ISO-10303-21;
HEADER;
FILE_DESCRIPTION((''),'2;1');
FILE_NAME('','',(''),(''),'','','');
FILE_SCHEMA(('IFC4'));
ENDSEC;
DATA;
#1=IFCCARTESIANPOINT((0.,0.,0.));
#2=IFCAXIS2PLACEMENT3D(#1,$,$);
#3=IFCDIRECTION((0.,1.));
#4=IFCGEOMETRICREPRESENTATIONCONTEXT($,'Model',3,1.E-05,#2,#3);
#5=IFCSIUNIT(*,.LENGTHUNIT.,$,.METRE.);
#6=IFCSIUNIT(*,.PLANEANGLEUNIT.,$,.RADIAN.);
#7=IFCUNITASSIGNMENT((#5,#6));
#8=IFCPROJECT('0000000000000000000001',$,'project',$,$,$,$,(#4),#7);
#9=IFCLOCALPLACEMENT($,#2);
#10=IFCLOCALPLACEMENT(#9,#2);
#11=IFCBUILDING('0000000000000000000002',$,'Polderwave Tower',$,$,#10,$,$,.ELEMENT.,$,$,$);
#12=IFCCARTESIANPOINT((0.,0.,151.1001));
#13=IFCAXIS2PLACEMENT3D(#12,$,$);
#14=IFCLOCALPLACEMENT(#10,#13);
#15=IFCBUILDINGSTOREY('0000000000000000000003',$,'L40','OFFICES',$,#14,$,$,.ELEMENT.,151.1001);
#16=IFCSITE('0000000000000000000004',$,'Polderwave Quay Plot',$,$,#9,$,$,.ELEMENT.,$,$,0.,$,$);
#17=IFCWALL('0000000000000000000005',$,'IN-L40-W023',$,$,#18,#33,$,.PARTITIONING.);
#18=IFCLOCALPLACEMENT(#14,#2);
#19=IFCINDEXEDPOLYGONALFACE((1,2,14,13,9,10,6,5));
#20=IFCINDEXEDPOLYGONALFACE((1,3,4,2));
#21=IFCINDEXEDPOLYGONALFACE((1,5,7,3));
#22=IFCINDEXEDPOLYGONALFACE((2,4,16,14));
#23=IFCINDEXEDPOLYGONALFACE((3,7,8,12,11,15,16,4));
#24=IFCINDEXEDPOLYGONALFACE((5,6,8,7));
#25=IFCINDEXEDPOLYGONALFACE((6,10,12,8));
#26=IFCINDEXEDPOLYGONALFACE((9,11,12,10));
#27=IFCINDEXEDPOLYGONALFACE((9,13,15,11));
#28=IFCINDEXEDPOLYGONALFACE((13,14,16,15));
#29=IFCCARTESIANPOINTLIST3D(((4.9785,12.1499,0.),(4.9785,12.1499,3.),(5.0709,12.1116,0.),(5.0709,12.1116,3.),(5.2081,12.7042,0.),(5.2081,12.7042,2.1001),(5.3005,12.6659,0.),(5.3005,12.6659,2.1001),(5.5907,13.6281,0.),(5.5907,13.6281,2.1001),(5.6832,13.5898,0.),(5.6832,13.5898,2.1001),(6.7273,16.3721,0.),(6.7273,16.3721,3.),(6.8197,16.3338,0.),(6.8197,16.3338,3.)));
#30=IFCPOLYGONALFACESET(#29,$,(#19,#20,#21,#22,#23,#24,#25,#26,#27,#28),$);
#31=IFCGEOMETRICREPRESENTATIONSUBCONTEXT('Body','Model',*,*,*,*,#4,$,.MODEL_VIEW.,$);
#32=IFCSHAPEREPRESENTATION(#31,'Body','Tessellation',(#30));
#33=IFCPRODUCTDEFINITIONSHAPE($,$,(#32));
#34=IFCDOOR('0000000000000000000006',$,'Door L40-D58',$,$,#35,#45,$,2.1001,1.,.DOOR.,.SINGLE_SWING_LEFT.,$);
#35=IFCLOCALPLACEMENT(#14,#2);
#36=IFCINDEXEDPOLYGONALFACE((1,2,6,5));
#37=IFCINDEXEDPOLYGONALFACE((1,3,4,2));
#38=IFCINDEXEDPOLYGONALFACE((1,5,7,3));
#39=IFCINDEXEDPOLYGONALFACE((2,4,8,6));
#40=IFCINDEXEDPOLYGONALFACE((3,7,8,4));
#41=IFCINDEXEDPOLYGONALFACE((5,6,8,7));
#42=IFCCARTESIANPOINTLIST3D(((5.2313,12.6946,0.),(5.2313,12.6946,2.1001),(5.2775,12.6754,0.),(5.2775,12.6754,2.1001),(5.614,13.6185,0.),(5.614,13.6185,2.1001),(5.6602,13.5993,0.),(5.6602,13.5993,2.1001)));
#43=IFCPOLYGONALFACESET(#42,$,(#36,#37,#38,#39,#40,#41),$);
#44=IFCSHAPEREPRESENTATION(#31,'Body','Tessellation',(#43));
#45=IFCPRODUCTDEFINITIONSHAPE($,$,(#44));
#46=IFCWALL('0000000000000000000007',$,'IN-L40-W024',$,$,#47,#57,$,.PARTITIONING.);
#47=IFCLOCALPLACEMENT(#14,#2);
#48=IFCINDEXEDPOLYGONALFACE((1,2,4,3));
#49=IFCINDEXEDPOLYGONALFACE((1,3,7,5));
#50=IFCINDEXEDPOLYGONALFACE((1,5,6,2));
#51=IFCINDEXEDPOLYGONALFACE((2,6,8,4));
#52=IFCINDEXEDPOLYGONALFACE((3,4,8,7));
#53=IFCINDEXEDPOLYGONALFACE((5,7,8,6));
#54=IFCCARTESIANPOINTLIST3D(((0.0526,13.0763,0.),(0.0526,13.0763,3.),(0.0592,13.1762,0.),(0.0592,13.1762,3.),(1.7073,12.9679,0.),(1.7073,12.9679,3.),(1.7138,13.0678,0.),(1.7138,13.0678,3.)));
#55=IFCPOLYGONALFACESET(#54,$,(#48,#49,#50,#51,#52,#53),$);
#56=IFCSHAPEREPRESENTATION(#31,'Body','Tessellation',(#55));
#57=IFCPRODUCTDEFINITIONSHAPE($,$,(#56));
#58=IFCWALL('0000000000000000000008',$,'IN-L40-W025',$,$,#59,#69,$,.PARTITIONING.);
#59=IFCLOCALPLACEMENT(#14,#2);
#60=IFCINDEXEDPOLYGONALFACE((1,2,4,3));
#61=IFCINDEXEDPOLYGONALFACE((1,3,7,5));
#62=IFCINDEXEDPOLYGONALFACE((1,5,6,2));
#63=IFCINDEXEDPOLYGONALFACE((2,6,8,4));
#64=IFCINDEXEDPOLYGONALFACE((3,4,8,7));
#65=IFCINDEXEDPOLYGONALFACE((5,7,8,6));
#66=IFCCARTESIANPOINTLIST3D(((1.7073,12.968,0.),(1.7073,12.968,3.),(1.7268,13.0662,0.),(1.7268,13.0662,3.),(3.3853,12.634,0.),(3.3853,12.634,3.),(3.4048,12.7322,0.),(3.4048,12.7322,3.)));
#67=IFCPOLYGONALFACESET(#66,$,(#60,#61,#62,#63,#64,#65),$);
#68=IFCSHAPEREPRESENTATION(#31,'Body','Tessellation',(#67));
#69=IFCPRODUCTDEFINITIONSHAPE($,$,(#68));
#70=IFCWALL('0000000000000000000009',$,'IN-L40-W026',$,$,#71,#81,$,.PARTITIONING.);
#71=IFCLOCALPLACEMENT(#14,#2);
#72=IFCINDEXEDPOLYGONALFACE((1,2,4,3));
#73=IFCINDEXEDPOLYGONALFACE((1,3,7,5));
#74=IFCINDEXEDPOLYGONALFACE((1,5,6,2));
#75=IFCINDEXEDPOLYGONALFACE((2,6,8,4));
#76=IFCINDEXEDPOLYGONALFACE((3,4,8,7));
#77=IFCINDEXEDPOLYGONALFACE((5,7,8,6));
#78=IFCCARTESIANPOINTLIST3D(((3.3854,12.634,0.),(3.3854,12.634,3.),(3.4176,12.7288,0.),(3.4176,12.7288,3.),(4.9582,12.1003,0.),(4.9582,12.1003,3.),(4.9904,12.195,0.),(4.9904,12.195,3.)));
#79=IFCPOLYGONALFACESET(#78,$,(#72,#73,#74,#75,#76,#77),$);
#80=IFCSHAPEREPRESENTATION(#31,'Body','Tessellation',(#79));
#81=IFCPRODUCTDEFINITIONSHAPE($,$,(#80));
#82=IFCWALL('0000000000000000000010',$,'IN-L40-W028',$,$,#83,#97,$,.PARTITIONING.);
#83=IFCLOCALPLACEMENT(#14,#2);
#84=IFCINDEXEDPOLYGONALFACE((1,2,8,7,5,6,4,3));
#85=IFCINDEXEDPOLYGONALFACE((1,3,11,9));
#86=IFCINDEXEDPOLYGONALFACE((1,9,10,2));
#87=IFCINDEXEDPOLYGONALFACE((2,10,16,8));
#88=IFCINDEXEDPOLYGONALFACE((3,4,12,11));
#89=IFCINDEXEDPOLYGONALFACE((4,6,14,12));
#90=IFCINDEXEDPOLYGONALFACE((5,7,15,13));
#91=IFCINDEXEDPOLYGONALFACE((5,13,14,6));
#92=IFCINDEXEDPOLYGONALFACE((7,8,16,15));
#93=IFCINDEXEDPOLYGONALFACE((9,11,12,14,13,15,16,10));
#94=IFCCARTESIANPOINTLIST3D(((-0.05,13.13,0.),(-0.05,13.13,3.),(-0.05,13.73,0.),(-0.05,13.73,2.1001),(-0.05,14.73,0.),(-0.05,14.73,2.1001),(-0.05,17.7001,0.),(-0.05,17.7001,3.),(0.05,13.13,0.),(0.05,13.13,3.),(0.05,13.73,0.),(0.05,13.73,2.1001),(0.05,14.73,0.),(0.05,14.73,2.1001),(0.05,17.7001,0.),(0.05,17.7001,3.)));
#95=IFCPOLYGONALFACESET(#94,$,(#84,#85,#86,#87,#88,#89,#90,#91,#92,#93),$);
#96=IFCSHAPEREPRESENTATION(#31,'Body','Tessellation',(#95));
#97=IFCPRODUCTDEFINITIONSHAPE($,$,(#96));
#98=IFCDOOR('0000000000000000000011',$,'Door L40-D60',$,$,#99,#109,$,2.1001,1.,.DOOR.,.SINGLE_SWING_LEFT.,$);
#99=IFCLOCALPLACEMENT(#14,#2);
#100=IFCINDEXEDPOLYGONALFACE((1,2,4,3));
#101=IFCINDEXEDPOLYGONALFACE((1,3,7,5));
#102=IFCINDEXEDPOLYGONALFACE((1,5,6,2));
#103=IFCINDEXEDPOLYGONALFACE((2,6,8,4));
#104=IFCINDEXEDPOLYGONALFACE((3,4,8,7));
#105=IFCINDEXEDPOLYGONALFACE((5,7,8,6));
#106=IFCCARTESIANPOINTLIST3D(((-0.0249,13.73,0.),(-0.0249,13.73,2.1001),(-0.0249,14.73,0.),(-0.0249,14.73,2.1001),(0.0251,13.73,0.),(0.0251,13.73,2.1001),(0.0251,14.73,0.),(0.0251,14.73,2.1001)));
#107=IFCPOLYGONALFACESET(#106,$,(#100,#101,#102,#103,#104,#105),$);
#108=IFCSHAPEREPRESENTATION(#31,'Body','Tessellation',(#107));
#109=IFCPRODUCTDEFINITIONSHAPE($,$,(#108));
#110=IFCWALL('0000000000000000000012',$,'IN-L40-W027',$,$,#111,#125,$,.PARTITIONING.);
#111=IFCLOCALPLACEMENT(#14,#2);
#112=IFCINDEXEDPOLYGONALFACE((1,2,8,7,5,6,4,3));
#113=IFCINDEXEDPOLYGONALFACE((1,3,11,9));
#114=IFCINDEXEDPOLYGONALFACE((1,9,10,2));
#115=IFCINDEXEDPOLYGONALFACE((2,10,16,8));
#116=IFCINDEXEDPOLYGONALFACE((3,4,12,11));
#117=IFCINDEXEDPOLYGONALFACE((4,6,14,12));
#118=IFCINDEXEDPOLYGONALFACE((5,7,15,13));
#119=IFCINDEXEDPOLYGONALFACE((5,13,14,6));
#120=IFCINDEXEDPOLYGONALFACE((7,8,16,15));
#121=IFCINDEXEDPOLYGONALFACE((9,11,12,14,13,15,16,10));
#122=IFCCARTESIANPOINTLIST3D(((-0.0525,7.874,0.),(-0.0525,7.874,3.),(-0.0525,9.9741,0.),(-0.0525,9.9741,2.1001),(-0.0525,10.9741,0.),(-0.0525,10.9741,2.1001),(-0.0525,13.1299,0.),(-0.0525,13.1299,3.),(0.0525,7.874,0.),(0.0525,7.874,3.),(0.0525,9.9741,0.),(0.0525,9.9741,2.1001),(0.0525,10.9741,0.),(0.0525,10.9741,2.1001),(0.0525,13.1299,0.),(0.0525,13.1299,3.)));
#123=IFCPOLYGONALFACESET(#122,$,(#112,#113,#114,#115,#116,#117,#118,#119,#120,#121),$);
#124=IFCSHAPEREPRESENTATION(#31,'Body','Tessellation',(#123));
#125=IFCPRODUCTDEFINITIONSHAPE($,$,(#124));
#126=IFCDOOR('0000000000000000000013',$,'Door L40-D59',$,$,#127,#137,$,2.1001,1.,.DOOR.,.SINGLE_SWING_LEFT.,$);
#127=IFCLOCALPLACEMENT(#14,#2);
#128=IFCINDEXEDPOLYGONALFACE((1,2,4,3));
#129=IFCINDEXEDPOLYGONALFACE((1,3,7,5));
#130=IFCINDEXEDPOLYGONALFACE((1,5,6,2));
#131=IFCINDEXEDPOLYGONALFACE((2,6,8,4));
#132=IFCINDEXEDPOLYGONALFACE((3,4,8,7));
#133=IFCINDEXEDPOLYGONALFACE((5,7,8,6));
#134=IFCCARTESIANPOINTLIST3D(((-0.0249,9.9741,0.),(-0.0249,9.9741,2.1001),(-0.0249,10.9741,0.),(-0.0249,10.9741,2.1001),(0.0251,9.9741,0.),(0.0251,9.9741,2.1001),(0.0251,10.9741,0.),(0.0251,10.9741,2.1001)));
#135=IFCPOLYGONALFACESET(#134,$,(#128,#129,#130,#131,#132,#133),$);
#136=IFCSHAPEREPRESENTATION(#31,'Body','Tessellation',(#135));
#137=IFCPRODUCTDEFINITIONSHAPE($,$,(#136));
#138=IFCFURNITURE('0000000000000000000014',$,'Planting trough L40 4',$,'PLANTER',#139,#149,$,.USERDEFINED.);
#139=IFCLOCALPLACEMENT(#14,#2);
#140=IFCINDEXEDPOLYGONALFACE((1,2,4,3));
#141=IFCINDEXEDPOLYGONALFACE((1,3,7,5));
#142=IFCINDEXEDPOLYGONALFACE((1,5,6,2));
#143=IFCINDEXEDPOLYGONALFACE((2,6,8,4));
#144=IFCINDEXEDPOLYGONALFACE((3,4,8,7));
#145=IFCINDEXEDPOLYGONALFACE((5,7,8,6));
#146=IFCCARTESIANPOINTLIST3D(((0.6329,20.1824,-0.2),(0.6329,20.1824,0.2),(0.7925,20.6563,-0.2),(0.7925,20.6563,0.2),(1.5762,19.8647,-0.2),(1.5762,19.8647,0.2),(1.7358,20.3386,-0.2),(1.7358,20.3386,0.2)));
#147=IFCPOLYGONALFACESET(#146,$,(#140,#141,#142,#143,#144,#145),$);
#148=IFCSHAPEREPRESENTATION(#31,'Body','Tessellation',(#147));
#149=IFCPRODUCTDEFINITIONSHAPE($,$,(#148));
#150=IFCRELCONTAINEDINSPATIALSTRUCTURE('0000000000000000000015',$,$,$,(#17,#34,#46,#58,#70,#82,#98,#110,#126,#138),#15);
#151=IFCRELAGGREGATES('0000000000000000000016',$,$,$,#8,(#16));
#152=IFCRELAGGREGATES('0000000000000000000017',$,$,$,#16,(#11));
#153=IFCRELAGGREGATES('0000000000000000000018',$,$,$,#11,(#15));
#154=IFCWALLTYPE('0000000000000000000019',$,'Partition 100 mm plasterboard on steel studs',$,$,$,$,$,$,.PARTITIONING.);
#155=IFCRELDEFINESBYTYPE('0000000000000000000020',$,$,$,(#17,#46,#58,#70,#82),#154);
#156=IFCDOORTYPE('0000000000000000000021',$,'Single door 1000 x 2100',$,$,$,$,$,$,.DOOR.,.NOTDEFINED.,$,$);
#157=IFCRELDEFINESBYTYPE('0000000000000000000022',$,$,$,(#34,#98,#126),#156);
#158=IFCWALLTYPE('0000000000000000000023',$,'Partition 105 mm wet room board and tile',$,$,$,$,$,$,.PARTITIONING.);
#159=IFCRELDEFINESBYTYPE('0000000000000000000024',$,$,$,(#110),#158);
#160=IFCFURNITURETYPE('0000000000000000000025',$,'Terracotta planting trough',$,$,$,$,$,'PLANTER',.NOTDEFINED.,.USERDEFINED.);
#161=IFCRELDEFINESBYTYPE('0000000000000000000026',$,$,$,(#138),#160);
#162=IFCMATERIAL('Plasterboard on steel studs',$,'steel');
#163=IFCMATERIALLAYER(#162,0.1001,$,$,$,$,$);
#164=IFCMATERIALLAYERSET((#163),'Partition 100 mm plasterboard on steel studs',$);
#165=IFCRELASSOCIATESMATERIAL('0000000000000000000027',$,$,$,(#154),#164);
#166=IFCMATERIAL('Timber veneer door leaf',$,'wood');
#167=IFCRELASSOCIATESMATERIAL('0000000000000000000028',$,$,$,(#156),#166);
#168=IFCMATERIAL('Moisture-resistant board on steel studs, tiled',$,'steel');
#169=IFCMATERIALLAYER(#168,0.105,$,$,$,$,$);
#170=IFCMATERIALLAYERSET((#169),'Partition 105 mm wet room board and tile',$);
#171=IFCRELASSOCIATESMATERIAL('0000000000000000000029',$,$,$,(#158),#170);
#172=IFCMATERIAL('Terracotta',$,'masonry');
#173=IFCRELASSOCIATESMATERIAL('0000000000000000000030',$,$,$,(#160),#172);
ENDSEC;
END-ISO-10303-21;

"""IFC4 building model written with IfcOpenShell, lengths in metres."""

from ifc_helpers import new_model, si_unit, direction, frame, frame_2d, origin, origin_2d, place, context, subcontext, project, spatial, rectangle, extrude, material, layer, layer_set, type_object, element, fill, save


model = new_model("IFC4")

# Units and contexts
model_context = context("Model", 3, precision=1e-05, world=origin(), true_north=direction((0.0, 1.0)))
body_context = subcontext(model_context, "Body", "Model", "MODEL_VIEW")
ifc_project = project(units=[si_unit("LENGTHUNIT", "METRE"), si_unit("PLANEANGLEUNIT", "RADIAN")], contexts=[model_context])

# Site, building, storey
site_placement = place(None, origin())
site = spatial("IfcSite", under=ifc_project, at=site_placement, Name="Polderwave Quay Plot", CompositionType="ELEMENT", RefElevation=0.0)
building_placement = place(site_placement, origin())
building = spatial("IfcBuilding", under=site, at=building_placement, Name="Polderwave Tower", CompositionType="ELEMENT")
storey_placement = place(building_placement, frame((0.0, 0.0, 151.1001)))
storey = spatial("IfcBuildingStorey", under=building, at=storey_placement, Name="L40", Description="OFFICES", CompositionType="ELEMENT", Elevation=151.1001)

# Wall, opening, door
ifc_material_1 = material(Name="Plasterboard on steel studs", Category="steel")
ifc_layer_1 = layer(ifc_material_1, 0.1001)
ifc_layer_set_1 = layer_set([ifc_layer_1], Name="Partition 100 mm plasterboard on steel studs")
wall_type_1 = type_object("IfcWallType", Name="Partition 100 mm plasterboard on steel studs", PredefinedType="PARTITIONING", material=ifc_layer_set_1)
ifc_material_2 = material(Name="Timber veneer door leaf", Category="wood")
door_type = type_object("IfcDoorType", Name="Single door 1000 x 2100", OperationType="NOTDEFINED", PredefinedType="DOOR", material=ifc_material_2)
wall_1_placement = place(storey_placement, frame((5.0247, 12.1306, 0.0), z_axis=(0.0, 0.0, 1.0), x_axis=(0.382665, 0.923887, 0.0)))
wall_1 = element("IfcWall", 1, at=wall_1_placement, inside=storey, type_object=wall_type_1, Name="IN-L40-W023", PredefinedType="PARTITIONING", context=body_context, shape_type="SweptSolid", body=[
    extrude(rectangle(XDim=4.5701, YDim=0.1001, at=frame_2d((2.2852, 0.0))), origin(), (0.0, 0.0, 1.0), 3.0),
])
opening_1_placement = place(wall_1_placement, frame((0.6001, 0.0, 0.0)))
opening_1 = element("IfcOpeningElement", 2, at=opening_1_placement, cuts=wall_1, PredefinedType="OPENING", context=body_context, shape_type="SweptSolid", body=[
    extrude(rectangle(XDim=1.0, YDim=2.1001, at=frame_2d((0.5, 1.05))), frame((0.0, 0.0601, 0.0), z_axis=(0.0, -1.0, 0.0), x_axis=(1.0, 0.0, 0.0)), (0.0, 0.0, 1.0), 0.1201),
])
door_1_placement = place(opening_1_placement, origin())
door_1 = element("IfcDoor", 3, at=door_1_placement, inside=storey, type_object=door_type, Name="Door L40-D58", OperationType="SINGLE_SWING_LEFT", OverallHeight=2.1001, OverallWidth=1.0, PredefinedType="DOOR", context=body_context, shape_type="SweptSolid", body=[
    extrude(rectangle(XDim=1.0, YDim=2.1001, at=frame_2d((0.5, 1.05))), frame((0.0, 0.0249, 0.0), z_axis=(0.0, -1.0, 0.0), x_axis=(1.0, 0.0, 0.0)), (0.0, 0.0, 1.0), 0.05),
])
fill(opening_1, door_1)

# Walls
wall_2_placement = place(storey_placement, frame((0.0559, 13.1262, 0.0), z_axis=(0.0, 0.0, 1.0), x_axis=(0.997861, -0.065376, 0.0)))
element("IfcWall", 4, at=wall_2_placement, inside=storey, type_object=wall_type_1, Name="IN-L40-W024", PredefinedType="PARTITIONING", context=body_context, shape_type="SweptSolid", body=[
    extrude(rectangle(XDim=1.6582, YDim=0.1001, at=frame_2d((0.8291, 0.0))), origin(), (0.0, 0.0, 1.0), 3.0),
])
wall_3_placement = place(storey_placement, frame((1.717, 13.0171, 0.0), z_axis=(0.0, 0.0, 1.0), x_axis=(0.980761, -0.19521, 0.0)))
element("IfcWall", 5, at=wall_3_placement, inside=storey, type_object=wall_type_1, Name="IN-L40-W025", PredefinedType="PARTITIONING", context=body_context, shape_type="SweptSolid", body=[
    extrude(rectangle(XDim=1.7109, YDim=0.1001, at=frame_2d((0.8555, 0.0))), origin(), (0.0, 0.0, 1.0), 3.0),
])
wall_4_placement = place(storey_placement, frame((3.4014, 12.6814, 0.0), z_axis=(0.0, 0.0, 1.0), x_axis=(0.946964, -0.321339, 0.0)))
element("IfcWall", 6, at=wall_4_placement, inside=storey, type_object=wall_type_1, Name="IN-L40-W026", PredefinedType="PARTITIONING", context=body_context, shape_type="SweptSolid", body=[
    extrude(rectangle(XDim=1.6609, YDim=0.1001, at=frame_2d((0.8306, 0.0))), origin(), (0.0, 0.0, 1.0), 3.0),
])

# Walls, openings, doors
wall_5_placement = place(storey_placement, frame((0.0, 13.1299, 0.0), z_axis=(0.0, 0.0, 1.0), x_axis=(0.0, 1.0, 0.0)))
wall_5 = element("IfcWall", 7, at=wall_5_placement, inside=storey, type_object=wall_type_1, Name="IN-L40-W028", PredefinedType="PARTITIONING", context=body_context, shape_type="SweptSolid", body=[
    extrude(rectangle(XDim=4.5701, YDim=0.1001, at=frame_2d((2.2852, 0.0))), origin(), (0.0, 0.0, 1.0), 3.0),
])
opening_2_placement = place(wall_5_placement, frame((0.6001, 0.0, 0.0)))
opening_2 = element("IfcOpeningElement", 8, at=opening_2_placement, cuts=wall_5, PredefinedType="OPENING", context=body_context, shape_type="SweptSolid", body=[
    extrude(rectangle(XDim=1.0, YDim=2.1001, at=frame_2d((0.5, 1.05))), frame((0.0, 0.0601, 0.0), z_axis=(0.0, -1.0, 0.0), x_axis=(1.0, 0.0, 0.0)), (0.0, 0.0, 1.0), 0.1201),
])
door_2_placement = place(opening_2_placement, origin())
door_2 = element("IfcDoor", 9, at=door_2_placement, inside=storey, type_object=door_type, Name="Door L40-D60", OperationType="SINGLE_SWING_LEFT", OverallHeight=2.1001, OverallWidth=1.0, PredefinedType="DOOR", context=body_context, shape_type="SweptSolid", body=[
    extrude(rectangle(XDim=1.0, YDim=2.1001, at=frame_2d((0.5, 1.05))), frame((0.0, 0.0249, 0.0), z_axis=(0.0, -1.0, 0.0), x_axis=(1.0, 0.0, 0.0)), (0.0, 0.0, 1.0), 0.05),
])
fill(opening_2, door_2)
ifc_material_3 = material(Name="Moisture-resistant board on steel studs, tiled", Category="steel")
ifc_layer_2 = layer(ifc_material_3, 0.105)
ifc_layer_set_2 = layer_set([ifc_layer_2], Name="Partition 105 mm wet room board and tile")
wall_type_2 = type_object("IfcWallType", Name="Partition 105 mm wet room board and tile", PredefinedType="PARTITIONING", material=ifc_layer_set_2)
wall_6_placement = place(storey_placement, frame((0.0, 7.874, 0.0), z_axis=(0.0, 0.0, 1.0), x_axis=(0.0, 1.0, 0.0)))
wall_6 = element("IfcWall", 10, at=wall_6_placement, inside=storey, type_object=wall_type_2, Name="IN-L40-W027", PredefinedType="PARTITIONING", context=body_context, shape_type="SweptSolid", body=[
    extrude(rectangle(XDim=5.2559, YDim=0.105, at=frame_2d((2.6279, 0.0))), origin(), (0.0, 0.0, 1.0), 3.0),
])
opening_3_placement = place(wall_6_placement, frame((2.1001, 0.0, 0.0)))
opening_3 = element("IfcOpeningElement", 11, at=opening_3_placement, cuts=wall_6, PredefinedType="OPENING", context=body_context, shape_type="SweptSolid", body=[
    extrude(rectangle(XDim=1.0, YDim=2.1001, at=frame_2d((0.5, 1.05))), frame((0.0, 0.0625, 0.0), z_axis=(0.0, -1.0, 0.0), x_axis=(1.0, 0.0, 0.0)), (0.0, 0.0, 1.0), 0.125),
])
door_3_placement = place(opening_3_placement, origin())
door_3 = element("IfcDoor", 12, at=door_3_placement, inside=storey, type_object=door_type, Name="Door L40-D59", OperationType="SINGLE_SWING_LEFT", OverallHeight=2.1001, OverallWidth=1.0, PredefinedType="DOOR", context=body_context, shape_type="SweptSolid", body=[
    extrude(rectangle(XDim=1.0, YDim=2.1001, at=frame_2d((0.5, 1.05))), frame((0.0, 0.0249, 0.0), z_axis=(0.0, -1.0, 0.0), x_axis=(1.0, 0.0, 0.0)), (0.0, 0.0, 1.0), 0.05),
])
fill(opening_3, door_3)

# Furniture
ifc_material_4 = material(Name="Terracotta", Category="masonry")
furniture_type = type_object("IfcFurnitureType", Name="Terracotta planting trough", ElementType="PLANTER", AssemblyPlace="NOTDEFINED", PredefinedType="USERDEFINED", material=ifc_material_4)
furniture_placement = place(storey_placement, frame((1.1843, 20.2605, -0.2), z_axis=(0.0, 0.0, 1.0), x_axis=(-0.947704, 0.31915, 0.0)))
element("IfcFurniture", 13, at=furniture_placement, inside=storey, type_object=furniture_type, Name="Planting trough L40 4", ObjectType="PLANTER", PredefinedType="USERDEFINED", context=body_context, shape_type="SweptSolid", body=[
    extrude(rectangle(XDim=0.9954, YDim=0.5, at=origin_2d()), origin(), (0.0, 0.0, 1.0), 0.3999),
])

save(model, "model.ifc")
